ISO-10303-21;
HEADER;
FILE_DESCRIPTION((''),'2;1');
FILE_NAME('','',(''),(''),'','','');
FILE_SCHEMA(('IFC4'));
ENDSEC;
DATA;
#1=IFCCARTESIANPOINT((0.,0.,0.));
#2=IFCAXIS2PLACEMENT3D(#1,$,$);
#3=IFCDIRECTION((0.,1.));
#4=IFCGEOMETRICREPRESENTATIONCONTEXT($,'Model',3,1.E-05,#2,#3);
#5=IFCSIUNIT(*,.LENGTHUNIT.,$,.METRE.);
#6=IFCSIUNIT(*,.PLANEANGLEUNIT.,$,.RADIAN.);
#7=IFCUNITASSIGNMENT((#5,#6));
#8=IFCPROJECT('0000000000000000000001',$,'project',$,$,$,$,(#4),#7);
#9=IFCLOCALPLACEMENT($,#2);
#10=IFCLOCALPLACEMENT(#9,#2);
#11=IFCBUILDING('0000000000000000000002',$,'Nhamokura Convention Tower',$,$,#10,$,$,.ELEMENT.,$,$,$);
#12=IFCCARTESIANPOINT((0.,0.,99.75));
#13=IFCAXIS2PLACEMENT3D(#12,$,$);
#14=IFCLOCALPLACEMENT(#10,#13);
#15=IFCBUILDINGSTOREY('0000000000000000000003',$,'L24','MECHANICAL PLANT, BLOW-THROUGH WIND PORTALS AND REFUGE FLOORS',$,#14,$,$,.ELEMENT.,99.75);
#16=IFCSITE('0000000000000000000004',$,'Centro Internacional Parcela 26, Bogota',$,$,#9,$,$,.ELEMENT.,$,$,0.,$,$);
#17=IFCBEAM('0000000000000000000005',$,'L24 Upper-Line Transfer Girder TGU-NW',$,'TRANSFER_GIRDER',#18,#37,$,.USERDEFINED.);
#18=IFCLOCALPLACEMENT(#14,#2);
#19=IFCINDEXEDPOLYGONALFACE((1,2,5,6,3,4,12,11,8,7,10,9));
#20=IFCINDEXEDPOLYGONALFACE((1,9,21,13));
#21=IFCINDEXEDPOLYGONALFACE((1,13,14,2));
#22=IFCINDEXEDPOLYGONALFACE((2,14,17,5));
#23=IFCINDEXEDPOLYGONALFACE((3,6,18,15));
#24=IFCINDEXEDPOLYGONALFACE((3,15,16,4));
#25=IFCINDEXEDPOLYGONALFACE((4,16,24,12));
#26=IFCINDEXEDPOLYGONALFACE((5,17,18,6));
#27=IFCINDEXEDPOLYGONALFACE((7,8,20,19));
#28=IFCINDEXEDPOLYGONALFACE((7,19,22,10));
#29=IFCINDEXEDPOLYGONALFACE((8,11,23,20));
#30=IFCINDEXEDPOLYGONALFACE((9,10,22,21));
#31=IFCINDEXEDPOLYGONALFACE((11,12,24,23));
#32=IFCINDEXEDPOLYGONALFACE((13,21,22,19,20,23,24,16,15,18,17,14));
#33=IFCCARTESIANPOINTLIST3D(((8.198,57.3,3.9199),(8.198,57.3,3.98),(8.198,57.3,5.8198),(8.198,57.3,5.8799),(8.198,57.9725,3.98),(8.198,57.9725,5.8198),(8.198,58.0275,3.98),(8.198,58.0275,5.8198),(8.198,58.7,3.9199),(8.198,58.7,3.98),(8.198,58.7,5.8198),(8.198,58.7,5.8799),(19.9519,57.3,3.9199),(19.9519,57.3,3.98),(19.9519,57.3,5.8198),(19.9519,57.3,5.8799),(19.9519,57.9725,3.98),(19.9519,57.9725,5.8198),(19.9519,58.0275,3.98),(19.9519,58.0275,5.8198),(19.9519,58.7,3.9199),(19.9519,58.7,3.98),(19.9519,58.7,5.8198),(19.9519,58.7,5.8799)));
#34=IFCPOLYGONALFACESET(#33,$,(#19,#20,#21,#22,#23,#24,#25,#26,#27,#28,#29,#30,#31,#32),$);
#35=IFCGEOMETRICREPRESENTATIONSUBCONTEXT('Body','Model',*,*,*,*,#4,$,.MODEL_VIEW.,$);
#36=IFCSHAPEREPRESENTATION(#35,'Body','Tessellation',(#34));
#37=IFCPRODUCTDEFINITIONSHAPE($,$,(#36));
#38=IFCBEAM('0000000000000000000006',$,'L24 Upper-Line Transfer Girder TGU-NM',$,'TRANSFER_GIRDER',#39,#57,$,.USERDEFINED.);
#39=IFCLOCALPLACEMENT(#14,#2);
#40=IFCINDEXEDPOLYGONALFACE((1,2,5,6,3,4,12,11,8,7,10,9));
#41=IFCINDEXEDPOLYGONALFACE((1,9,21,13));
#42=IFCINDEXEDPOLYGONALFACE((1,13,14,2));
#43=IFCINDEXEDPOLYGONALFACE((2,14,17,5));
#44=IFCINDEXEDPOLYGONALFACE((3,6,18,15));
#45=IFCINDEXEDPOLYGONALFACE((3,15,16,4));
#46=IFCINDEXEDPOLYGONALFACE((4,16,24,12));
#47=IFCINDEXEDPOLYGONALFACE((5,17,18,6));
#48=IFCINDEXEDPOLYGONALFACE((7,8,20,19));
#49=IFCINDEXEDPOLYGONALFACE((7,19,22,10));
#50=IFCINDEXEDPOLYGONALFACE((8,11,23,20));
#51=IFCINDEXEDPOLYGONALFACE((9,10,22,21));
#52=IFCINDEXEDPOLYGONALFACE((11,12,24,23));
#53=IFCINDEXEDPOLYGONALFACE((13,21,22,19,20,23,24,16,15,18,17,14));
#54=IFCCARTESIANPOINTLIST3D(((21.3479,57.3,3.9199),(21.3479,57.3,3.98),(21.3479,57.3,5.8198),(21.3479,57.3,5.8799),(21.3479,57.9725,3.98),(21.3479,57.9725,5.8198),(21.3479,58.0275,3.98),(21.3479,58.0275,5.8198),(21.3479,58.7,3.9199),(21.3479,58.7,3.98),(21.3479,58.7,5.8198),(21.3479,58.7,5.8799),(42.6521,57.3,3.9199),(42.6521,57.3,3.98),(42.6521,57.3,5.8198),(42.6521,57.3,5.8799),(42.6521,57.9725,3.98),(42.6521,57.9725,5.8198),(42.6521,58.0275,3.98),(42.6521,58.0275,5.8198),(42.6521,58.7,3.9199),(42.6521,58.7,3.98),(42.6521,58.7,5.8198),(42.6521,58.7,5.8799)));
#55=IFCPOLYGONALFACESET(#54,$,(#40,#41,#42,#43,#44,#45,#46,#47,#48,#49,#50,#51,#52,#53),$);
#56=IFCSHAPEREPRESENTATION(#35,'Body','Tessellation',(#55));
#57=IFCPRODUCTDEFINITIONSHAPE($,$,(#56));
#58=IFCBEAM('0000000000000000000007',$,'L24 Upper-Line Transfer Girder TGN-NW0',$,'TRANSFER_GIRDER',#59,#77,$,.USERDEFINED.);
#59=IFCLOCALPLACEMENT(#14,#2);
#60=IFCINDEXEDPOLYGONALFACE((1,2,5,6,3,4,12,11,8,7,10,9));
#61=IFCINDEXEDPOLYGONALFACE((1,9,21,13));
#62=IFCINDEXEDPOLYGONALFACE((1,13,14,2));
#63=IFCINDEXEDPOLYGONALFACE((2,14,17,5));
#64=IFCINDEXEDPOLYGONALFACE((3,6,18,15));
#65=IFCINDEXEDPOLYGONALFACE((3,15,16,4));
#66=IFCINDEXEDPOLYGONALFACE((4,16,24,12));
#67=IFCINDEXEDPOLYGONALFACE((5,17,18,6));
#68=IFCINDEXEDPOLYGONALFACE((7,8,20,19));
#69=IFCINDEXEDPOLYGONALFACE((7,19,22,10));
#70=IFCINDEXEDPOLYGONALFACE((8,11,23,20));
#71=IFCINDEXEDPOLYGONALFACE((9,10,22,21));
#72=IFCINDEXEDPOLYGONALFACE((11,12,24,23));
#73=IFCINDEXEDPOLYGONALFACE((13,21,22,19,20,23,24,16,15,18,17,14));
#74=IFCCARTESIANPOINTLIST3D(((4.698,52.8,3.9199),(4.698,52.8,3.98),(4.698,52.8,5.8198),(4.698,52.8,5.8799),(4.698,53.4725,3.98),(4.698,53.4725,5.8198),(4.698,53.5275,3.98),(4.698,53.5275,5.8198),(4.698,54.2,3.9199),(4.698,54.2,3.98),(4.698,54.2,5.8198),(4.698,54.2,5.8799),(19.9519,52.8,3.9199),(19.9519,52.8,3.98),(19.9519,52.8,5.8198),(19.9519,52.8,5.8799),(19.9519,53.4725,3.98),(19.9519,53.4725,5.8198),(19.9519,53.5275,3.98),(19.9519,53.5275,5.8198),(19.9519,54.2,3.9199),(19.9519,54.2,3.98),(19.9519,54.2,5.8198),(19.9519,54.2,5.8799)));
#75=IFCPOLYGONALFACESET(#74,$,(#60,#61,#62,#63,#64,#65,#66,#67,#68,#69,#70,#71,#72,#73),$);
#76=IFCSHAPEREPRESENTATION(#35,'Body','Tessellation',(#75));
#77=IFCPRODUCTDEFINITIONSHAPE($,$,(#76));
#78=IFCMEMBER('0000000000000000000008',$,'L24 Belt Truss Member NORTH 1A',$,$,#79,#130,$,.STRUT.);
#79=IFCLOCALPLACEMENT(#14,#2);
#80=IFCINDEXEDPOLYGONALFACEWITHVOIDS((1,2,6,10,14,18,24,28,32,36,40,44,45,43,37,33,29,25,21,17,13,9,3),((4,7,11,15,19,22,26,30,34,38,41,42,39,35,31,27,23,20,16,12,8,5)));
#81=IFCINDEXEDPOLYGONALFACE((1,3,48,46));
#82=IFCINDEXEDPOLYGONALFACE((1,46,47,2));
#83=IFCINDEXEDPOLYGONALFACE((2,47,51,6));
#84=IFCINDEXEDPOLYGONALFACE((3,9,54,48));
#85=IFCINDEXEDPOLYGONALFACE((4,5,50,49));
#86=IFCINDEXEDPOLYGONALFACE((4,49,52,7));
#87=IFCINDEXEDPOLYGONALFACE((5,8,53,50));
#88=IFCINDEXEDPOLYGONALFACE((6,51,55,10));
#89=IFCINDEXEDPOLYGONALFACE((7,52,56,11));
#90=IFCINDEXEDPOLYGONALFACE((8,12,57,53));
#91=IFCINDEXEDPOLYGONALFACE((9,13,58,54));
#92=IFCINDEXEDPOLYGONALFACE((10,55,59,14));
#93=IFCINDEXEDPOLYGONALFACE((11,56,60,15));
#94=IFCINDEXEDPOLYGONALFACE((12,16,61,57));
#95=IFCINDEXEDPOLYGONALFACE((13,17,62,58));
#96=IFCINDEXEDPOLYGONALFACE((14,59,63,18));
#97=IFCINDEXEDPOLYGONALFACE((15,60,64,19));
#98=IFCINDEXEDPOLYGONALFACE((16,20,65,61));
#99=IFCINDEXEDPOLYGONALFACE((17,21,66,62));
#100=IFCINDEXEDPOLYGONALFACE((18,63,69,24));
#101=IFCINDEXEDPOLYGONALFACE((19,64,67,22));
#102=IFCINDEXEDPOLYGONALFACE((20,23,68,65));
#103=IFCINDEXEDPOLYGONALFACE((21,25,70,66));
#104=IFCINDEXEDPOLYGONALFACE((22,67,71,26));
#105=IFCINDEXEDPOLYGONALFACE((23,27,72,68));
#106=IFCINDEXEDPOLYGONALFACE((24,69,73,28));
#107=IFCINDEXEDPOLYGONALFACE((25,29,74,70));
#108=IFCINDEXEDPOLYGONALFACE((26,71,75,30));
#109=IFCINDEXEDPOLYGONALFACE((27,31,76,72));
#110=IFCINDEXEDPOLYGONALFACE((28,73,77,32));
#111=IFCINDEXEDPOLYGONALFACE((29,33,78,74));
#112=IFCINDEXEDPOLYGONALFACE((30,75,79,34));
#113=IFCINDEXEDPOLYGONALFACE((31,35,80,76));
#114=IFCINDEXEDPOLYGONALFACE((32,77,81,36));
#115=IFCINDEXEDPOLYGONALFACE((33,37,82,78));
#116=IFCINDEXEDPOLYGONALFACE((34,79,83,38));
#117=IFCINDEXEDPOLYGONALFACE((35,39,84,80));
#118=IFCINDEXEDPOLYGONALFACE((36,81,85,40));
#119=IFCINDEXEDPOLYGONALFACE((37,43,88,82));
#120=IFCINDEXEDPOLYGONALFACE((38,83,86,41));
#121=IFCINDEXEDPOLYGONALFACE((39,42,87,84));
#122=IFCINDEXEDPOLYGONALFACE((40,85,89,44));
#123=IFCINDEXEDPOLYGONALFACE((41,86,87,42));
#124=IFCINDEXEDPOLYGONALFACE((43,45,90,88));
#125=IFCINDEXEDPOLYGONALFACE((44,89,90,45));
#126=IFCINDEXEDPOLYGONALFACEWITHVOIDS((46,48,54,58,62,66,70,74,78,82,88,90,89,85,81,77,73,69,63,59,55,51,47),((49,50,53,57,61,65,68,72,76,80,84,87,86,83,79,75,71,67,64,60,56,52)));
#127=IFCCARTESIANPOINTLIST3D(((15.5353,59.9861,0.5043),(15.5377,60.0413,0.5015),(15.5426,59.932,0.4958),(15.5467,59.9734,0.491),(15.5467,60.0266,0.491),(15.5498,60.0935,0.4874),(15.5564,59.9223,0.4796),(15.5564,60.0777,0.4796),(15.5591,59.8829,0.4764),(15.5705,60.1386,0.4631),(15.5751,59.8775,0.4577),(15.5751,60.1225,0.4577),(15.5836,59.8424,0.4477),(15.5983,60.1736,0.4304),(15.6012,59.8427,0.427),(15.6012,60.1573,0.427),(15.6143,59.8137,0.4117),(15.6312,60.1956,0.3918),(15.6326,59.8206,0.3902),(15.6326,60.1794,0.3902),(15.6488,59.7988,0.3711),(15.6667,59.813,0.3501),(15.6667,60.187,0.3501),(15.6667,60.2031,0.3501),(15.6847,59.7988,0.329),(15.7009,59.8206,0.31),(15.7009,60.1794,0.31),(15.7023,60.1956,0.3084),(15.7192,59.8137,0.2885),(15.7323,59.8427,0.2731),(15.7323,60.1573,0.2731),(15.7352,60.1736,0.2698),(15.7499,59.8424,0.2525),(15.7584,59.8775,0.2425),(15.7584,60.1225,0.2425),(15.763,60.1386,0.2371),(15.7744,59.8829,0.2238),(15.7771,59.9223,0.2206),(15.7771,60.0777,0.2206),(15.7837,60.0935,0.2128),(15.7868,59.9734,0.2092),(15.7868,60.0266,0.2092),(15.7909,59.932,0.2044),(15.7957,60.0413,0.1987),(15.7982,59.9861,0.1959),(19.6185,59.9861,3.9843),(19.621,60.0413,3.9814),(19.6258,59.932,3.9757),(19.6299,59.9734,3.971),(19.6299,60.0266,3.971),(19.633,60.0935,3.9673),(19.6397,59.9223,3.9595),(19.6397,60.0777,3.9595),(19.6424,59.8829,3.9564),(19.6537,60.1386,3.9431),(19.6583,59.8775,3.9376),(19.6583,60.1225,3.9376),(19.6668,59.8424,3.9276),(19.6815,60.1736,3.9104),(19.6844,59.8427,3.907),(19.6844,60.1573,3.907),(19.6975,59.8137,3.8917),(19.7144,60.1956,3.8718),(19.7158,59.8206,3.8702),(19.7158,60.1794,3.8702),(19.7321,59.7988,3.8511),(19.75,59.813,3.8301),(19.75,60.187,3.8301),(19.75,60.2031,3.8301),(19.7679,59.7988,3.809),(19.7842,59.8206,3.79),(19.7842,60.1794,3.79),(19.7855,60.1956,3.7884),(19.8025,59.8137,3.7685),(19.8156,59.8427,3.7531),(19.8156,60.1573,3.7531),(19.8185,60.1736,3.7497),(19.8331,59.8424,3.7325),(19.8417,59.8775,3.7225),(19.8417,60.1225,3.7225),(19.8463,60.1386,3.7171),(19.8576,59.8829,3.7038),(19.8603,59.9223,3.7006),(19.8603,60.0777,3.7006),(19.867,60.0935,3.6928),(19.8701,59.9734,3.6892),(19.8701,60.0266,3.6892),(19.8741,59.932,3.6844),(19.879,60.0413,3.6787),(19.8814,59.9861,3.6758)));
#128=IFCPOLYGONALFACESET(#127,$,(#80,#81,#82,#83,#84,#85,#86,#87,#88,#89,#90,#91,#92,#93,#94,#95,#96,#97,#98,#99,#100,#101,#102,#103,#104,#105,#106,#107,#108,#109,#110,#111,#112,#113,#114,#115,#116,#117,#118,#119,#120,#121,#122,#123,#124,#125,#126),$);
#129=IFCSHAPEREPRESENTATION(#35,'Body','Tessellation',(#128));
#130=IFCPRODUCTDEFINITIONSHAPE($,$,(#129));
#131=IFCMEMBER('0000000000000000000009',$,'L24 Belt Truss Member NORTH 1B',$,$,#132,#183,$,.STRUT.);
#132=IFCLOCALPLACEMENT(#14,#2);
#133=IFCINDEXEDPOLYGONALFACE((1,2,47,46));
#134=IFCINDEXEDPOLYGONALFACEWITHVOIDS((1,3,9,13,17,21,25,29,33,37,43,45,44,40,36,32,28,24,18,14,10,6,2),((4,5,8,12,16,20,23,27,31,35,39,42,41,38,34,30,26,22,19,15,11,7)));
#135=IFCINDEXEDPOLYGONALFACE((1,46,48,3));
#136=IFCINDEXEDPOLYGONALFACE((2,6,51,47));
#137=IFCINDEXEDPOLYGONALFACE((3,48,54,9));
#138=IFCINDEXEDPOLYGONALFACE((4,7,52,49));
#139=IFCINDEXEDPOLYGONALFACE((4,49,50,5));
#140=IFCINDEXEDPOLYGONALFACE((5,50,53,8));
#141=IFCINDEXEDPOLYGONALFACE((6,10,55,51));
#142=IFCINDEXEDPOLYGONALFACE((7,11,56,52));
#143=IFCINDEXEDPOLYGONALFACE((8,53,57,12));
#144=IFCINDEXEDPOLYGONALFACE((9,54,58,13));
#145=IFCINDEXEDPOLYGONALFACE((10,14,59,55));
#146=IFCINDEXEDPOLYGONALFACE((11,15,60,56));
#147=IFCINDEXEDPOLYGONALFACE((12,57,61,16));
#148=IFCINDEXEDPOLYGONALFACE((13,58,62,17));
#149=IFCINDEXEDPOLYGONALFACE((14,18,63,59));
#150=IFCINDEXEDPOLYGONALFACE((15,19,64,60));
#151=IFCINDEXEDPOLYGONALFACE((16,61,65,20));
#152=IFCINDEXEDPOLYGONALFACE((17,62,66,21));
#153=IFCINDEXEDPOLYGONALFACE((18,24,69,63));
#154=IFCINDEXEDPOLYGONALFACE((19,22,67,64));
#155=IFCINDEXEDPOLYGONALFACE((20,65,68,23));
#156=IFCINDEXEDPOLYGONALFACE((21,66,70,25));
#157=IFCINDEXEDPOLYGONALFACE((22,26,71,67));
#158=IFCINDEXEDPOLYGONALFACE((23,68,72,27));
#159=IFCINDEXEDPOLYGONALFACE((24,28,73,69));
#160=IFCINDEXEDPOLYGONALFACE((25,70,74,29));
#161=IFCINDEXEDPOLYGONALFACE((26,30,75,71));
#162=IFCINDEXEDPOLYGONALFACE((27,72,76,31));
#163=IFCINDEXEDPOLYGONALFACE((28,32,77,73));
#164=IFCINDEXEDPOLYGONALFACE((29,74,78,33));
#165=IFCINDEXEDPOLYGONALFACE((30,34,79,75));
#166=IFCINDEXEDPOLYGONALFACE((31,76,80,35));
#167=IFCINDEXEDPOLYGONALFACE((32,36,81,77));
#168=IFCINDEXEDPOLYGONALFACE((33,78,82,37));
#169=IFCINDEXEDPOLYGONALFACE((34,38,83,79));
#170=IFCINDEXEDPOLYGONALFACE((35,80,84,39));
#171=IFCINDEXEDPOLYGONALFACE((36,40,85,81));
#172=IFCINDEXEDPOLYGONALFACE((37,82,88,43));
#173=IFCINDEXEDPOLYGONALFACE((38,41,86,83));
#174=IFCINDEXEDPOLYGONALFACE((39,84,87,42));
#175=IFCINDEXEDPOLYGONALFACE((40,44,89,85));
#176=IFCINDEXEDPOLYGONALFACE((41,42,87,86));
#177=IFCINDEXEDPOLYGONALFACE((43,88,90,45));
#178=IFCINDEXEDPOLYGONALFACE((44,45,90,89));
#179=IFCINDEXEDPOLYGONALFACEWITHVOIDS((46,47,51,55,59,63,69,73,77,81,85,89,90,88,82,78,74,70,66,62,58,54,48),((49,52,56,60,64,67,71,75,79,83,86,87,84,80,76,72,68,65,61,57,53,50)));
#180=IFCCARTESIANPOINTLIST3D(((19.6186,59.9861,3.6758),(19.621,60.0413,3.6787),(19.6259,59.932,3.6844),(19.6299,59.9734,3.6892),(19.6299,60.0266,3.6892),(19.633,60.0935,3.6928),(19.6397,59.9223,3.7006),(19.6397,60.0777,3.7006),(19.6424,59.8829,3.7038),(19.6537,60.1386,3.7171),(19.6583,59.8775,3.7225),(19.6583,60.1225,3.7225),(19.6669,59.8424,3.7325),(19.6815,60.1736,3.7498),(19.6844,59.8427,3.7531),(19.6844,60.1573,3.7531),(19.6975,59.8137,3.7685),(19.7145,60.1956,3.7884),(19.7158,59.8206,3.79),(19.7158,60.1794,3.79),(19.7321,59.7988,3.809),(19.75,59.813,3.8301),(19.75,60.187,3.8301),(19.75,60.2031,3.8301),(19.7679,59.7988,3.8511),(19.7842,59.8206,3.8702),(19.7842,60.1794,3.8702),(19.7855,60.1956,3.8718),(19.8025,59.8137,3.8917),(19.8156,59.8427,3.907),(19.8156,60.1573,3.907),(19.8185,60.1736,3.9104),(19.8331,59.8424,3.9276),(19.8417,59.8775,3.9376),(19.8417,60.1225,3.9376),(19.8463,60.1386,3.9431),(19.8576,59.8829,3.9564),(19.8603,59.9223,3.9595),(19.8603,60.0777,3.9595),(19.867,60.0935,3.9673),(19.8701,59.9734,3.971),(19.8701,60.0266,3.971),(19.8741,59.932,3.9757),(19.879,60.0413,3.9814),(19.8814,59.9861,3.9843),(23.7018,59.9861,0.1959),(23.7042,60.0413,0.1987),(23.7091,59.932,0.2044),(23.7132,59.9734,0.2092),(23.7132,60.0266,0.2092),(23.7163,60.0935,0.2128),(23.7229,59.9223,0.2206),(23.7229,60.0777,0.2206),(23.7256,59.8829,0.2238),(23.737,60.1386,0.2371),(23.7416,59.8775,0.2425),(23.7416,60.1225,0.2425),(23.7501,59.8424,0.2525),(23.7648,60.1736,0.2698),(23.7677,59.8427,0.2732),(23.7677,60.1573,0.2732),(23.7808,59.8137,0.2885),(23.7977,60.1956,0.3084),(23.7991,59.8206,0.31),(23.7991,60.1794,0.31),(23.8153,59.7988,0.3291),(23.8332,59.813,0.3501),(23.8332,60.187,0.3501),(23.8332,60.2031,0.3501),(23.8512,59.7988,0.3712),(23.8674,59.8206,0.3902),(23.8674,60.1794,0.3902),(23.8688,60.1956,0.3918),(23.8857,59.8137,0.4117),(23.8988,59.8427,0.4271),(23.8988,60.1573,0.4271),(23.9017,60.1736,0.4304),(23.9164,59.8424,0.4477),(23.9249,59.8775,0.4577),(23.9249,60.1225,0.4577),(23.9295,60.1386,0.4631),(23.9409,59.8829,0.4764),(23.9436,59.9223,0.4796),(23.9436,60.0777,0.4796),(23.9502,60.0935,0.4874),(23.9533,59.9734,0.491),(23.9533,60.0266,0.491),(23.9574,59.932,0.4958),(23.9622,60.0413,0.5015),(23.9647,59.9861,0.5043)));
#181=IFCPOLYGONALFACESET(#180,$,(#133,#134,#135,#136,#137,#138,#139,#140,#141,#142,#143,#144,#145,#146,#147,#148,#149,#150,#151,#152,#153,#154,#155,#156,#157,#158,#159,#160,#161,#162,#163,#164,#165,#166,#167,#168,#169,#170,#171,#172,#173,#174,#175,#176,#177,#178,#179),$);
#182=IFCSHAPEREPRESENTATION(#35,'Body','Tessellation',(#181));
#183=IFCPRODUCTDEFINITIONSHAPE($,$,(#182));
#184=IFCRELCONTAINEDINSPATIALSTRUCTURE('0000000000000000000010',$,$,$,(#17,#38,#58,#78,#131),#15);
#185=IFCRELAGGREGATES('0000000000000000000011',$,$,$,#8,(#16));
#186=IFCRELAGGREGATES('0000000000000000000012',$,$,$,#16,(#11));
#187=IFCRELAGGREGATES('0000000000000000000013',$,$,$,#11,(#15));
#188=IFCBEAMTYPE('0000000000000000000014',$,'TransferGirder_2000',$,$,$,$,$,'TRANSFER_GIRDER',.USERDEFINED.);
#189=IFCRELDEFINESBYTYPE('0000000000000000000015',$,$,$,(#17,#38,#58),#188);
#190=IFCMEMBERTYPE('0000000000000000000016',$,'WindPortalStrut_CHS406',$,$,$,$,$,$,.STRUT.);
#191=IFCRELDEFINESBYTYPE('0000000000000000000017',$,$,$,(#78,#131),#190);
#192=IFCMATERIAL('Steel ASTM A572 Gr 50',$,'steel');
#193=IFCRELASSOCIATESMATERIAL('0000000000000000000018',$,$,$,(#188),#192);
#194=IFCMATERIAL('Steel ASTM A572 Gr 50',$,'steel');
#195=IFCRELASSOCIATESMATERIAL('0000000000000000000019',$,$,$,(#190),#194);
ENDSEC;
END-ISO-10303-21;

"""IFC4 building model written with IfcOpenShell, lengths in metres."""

from ifc_helpers import new_model, si_unit, direction, frame, origin, origin_2d, place, context, subcontext, project, spatial, hollow_circle, i_section, extrude, material, material_profile, profile_set, type_object, element, save


model = new_model("IFC4")

# Units and contexts
model_context = context("Model", 3, precision=1e-05, world=origin(), true_north=direction((0.0, 1.0)))
body_context = subcontext(model_context, "Body", "Model", "MODEL_VIEW")
ifc_project = project(units=[si_unit("LENGTHUNIT", "METRE"), si_unit("PLANEANGLEUNIT", "RADIAN")], contexts=[model_context])

# Site, building, storey
site_placement = place(None, origin())
site = spatial("IfcSite", under=ifc_project, at=site_placement, Name="Centro Internacional Parcela 26, Bogota", CompositionType="ELEMENT", RefElevation=0.0)
building_placement = place(site_placement, origin())
building = spatial("IfcBuilding", under=site, at=building_placement, Name="Nhamokura Convention Tower", CompositionType="ELEMENT")
storey_placement = place(building_placement, frame((0.0, 0.0, 99.75)))
storey = spatial("IfcBuildingStorey", under=building, at=storey_placement, Name="L24", Description="MECHANICAL PLANT, BLOW-THROUGH WIND PORTALS AND REFUGE FLOORS", CompositionType="ELEMENT", Elevation=99.75)

# Beams
ifc_material_1 = material(Name="Steel ASTM A572 Gr 50", Category="steel")
ifc_material_profile_1 = material_profile(ifc_material_1, i_section(OverallWidth=1.3999, OverallDepth=1.96, WebThickness=0.0549, FlangeThickness=0.0601, at=origin_2d()))
ifc_profile_set_1 = profile_set([ifc_material_profile_1], Name="Steel ASTM A572 Gr 50")
beam_type_1 = type_object("IfcBeamType", Name="TransferGirder_2000", ElementType="TRANSFER_GIRDER", PredefinedType="USERDEFINED", material=ifc_profile_set_1)
beam_1_placement = place(storey_placement, frame((8.198, 58.0, 4.8999), z_axis=(1.0, 0.0, 0.0), x_axis=(0.0, 1.0, 0.0)))
element("IfcBeam", 1, at=beam_1_placement, inside=storey, type_object=beam_type_1, Name="L24 Upper-Line Transfer Girder TGU-NW", ObjectType="TRANSFER_GIRDER", PredefinedType="USERDEFINED", context=body_context, shape_type="SweptSolid", body=[
    extrude(i_section(OverallWidth=1.3999, OverallDepth=1.96, WebThickness=0.0549, FlangeThickness=0.0601, at=origin_2d()), origin(), (0.0, 0.0, 1.0), 11.7539),
])
beam_2_placement = place(storey_placement, frame((21.3479, 58.0, 4.8999), z_axis=(1.0, 0.0, 0.0), x_axis=(0.0, 1.0, 0.0)))
element("IfcBeam", 2, at=beam_2_placement, inside=storey, type_object=beam_type_1, Name="L24 Upper-Line Transfer Girder TGU-NM", ObjectType="TRANSFER_GIRDER", PredefinedType="USERDEFINED", context=body_context, shape_type="SweptSolid", body=[
    extrude(i_section(OverallWidth=1.3999, OverallDepth=1.96, WebThickness=0.0549, FlangeThickness=0.0601, at=origin_2d()), origin(), (0.0, 0.0, 1.0), 21.3042),
])
beam_3_placement = place(storey_placement, frame((4.698, 53.5, 4.8999), z_axis=(1.0, 0.0, 0.0), x_axis=(0.0, 1.0, 0.0)))
element("IfcBeam", 3, at=beam_3_placement, inside=storey, type_object=beam_type_1, Name="L24 Upper-Line Transfer Girder TGN-NW0", ObjectType="TRANSFER_GIRDER", PredefinedType="USERDEFINED", context=body_context, shape_type="SweptSolid", body=[
    extrude(i_section(OverallWidth=1.3999, OverallDepth=1.96, WebThickness=0.0549, FlangeThickness=0.0601, at=origin_2d()), origin(), (0.0, 0.0, 1.0), 15.2539),
])

# Members
ifc_material_2 = material(Name="Steel ASTM A572 Gr 50", Category="steel")
ifc_material_profile_2 = material_profile(ifc_material_2, hollow_circle(Radius=0.2031, WallThickness=0.0161, at=origin_2d()))
ifc_profile_set_2 = profile_set([ifc_material_profile_2], Name="Steel ASTM A572 Gr 50")
member_type_1 = type_object("IfcMemberType", Name="WindPortalStrut_CHS406", PredefinedType="STRUT", material=ifc_profile_set_2)
for number, where, z_axis, x_axis, name in (
    (4, (15.6667, 60.0, 0.3501), (0.761091, 0.0, 0.648645), (0.0, 1.0, 0.0), "L24 Belt Truss Member NORTH 1A"),
    (5, (19.75, 60.0, 3.8301), (0.761091, 0.0, -0.648645), (0.0, 1.0, 0.0), "L24 Belt Truss Member NORTH 1B"),
):
    element("IfcMember", number, at=place(storey_placement, frame(where, z_axis=z_axis, x_axis=x_axis)), inside=storey, type_object=member_type_1, Name=name, PredefinedType="STRUT", context=body_context, shape_type="SweptSolid", body=[
        extrude(hollow_circle(Radius=0.2031, WallThickness=0.0161, at=origin_2d()), origin(), (0.0, 0.0, 1.0), 5.365),
    ])

save(model, "model.ifc")
